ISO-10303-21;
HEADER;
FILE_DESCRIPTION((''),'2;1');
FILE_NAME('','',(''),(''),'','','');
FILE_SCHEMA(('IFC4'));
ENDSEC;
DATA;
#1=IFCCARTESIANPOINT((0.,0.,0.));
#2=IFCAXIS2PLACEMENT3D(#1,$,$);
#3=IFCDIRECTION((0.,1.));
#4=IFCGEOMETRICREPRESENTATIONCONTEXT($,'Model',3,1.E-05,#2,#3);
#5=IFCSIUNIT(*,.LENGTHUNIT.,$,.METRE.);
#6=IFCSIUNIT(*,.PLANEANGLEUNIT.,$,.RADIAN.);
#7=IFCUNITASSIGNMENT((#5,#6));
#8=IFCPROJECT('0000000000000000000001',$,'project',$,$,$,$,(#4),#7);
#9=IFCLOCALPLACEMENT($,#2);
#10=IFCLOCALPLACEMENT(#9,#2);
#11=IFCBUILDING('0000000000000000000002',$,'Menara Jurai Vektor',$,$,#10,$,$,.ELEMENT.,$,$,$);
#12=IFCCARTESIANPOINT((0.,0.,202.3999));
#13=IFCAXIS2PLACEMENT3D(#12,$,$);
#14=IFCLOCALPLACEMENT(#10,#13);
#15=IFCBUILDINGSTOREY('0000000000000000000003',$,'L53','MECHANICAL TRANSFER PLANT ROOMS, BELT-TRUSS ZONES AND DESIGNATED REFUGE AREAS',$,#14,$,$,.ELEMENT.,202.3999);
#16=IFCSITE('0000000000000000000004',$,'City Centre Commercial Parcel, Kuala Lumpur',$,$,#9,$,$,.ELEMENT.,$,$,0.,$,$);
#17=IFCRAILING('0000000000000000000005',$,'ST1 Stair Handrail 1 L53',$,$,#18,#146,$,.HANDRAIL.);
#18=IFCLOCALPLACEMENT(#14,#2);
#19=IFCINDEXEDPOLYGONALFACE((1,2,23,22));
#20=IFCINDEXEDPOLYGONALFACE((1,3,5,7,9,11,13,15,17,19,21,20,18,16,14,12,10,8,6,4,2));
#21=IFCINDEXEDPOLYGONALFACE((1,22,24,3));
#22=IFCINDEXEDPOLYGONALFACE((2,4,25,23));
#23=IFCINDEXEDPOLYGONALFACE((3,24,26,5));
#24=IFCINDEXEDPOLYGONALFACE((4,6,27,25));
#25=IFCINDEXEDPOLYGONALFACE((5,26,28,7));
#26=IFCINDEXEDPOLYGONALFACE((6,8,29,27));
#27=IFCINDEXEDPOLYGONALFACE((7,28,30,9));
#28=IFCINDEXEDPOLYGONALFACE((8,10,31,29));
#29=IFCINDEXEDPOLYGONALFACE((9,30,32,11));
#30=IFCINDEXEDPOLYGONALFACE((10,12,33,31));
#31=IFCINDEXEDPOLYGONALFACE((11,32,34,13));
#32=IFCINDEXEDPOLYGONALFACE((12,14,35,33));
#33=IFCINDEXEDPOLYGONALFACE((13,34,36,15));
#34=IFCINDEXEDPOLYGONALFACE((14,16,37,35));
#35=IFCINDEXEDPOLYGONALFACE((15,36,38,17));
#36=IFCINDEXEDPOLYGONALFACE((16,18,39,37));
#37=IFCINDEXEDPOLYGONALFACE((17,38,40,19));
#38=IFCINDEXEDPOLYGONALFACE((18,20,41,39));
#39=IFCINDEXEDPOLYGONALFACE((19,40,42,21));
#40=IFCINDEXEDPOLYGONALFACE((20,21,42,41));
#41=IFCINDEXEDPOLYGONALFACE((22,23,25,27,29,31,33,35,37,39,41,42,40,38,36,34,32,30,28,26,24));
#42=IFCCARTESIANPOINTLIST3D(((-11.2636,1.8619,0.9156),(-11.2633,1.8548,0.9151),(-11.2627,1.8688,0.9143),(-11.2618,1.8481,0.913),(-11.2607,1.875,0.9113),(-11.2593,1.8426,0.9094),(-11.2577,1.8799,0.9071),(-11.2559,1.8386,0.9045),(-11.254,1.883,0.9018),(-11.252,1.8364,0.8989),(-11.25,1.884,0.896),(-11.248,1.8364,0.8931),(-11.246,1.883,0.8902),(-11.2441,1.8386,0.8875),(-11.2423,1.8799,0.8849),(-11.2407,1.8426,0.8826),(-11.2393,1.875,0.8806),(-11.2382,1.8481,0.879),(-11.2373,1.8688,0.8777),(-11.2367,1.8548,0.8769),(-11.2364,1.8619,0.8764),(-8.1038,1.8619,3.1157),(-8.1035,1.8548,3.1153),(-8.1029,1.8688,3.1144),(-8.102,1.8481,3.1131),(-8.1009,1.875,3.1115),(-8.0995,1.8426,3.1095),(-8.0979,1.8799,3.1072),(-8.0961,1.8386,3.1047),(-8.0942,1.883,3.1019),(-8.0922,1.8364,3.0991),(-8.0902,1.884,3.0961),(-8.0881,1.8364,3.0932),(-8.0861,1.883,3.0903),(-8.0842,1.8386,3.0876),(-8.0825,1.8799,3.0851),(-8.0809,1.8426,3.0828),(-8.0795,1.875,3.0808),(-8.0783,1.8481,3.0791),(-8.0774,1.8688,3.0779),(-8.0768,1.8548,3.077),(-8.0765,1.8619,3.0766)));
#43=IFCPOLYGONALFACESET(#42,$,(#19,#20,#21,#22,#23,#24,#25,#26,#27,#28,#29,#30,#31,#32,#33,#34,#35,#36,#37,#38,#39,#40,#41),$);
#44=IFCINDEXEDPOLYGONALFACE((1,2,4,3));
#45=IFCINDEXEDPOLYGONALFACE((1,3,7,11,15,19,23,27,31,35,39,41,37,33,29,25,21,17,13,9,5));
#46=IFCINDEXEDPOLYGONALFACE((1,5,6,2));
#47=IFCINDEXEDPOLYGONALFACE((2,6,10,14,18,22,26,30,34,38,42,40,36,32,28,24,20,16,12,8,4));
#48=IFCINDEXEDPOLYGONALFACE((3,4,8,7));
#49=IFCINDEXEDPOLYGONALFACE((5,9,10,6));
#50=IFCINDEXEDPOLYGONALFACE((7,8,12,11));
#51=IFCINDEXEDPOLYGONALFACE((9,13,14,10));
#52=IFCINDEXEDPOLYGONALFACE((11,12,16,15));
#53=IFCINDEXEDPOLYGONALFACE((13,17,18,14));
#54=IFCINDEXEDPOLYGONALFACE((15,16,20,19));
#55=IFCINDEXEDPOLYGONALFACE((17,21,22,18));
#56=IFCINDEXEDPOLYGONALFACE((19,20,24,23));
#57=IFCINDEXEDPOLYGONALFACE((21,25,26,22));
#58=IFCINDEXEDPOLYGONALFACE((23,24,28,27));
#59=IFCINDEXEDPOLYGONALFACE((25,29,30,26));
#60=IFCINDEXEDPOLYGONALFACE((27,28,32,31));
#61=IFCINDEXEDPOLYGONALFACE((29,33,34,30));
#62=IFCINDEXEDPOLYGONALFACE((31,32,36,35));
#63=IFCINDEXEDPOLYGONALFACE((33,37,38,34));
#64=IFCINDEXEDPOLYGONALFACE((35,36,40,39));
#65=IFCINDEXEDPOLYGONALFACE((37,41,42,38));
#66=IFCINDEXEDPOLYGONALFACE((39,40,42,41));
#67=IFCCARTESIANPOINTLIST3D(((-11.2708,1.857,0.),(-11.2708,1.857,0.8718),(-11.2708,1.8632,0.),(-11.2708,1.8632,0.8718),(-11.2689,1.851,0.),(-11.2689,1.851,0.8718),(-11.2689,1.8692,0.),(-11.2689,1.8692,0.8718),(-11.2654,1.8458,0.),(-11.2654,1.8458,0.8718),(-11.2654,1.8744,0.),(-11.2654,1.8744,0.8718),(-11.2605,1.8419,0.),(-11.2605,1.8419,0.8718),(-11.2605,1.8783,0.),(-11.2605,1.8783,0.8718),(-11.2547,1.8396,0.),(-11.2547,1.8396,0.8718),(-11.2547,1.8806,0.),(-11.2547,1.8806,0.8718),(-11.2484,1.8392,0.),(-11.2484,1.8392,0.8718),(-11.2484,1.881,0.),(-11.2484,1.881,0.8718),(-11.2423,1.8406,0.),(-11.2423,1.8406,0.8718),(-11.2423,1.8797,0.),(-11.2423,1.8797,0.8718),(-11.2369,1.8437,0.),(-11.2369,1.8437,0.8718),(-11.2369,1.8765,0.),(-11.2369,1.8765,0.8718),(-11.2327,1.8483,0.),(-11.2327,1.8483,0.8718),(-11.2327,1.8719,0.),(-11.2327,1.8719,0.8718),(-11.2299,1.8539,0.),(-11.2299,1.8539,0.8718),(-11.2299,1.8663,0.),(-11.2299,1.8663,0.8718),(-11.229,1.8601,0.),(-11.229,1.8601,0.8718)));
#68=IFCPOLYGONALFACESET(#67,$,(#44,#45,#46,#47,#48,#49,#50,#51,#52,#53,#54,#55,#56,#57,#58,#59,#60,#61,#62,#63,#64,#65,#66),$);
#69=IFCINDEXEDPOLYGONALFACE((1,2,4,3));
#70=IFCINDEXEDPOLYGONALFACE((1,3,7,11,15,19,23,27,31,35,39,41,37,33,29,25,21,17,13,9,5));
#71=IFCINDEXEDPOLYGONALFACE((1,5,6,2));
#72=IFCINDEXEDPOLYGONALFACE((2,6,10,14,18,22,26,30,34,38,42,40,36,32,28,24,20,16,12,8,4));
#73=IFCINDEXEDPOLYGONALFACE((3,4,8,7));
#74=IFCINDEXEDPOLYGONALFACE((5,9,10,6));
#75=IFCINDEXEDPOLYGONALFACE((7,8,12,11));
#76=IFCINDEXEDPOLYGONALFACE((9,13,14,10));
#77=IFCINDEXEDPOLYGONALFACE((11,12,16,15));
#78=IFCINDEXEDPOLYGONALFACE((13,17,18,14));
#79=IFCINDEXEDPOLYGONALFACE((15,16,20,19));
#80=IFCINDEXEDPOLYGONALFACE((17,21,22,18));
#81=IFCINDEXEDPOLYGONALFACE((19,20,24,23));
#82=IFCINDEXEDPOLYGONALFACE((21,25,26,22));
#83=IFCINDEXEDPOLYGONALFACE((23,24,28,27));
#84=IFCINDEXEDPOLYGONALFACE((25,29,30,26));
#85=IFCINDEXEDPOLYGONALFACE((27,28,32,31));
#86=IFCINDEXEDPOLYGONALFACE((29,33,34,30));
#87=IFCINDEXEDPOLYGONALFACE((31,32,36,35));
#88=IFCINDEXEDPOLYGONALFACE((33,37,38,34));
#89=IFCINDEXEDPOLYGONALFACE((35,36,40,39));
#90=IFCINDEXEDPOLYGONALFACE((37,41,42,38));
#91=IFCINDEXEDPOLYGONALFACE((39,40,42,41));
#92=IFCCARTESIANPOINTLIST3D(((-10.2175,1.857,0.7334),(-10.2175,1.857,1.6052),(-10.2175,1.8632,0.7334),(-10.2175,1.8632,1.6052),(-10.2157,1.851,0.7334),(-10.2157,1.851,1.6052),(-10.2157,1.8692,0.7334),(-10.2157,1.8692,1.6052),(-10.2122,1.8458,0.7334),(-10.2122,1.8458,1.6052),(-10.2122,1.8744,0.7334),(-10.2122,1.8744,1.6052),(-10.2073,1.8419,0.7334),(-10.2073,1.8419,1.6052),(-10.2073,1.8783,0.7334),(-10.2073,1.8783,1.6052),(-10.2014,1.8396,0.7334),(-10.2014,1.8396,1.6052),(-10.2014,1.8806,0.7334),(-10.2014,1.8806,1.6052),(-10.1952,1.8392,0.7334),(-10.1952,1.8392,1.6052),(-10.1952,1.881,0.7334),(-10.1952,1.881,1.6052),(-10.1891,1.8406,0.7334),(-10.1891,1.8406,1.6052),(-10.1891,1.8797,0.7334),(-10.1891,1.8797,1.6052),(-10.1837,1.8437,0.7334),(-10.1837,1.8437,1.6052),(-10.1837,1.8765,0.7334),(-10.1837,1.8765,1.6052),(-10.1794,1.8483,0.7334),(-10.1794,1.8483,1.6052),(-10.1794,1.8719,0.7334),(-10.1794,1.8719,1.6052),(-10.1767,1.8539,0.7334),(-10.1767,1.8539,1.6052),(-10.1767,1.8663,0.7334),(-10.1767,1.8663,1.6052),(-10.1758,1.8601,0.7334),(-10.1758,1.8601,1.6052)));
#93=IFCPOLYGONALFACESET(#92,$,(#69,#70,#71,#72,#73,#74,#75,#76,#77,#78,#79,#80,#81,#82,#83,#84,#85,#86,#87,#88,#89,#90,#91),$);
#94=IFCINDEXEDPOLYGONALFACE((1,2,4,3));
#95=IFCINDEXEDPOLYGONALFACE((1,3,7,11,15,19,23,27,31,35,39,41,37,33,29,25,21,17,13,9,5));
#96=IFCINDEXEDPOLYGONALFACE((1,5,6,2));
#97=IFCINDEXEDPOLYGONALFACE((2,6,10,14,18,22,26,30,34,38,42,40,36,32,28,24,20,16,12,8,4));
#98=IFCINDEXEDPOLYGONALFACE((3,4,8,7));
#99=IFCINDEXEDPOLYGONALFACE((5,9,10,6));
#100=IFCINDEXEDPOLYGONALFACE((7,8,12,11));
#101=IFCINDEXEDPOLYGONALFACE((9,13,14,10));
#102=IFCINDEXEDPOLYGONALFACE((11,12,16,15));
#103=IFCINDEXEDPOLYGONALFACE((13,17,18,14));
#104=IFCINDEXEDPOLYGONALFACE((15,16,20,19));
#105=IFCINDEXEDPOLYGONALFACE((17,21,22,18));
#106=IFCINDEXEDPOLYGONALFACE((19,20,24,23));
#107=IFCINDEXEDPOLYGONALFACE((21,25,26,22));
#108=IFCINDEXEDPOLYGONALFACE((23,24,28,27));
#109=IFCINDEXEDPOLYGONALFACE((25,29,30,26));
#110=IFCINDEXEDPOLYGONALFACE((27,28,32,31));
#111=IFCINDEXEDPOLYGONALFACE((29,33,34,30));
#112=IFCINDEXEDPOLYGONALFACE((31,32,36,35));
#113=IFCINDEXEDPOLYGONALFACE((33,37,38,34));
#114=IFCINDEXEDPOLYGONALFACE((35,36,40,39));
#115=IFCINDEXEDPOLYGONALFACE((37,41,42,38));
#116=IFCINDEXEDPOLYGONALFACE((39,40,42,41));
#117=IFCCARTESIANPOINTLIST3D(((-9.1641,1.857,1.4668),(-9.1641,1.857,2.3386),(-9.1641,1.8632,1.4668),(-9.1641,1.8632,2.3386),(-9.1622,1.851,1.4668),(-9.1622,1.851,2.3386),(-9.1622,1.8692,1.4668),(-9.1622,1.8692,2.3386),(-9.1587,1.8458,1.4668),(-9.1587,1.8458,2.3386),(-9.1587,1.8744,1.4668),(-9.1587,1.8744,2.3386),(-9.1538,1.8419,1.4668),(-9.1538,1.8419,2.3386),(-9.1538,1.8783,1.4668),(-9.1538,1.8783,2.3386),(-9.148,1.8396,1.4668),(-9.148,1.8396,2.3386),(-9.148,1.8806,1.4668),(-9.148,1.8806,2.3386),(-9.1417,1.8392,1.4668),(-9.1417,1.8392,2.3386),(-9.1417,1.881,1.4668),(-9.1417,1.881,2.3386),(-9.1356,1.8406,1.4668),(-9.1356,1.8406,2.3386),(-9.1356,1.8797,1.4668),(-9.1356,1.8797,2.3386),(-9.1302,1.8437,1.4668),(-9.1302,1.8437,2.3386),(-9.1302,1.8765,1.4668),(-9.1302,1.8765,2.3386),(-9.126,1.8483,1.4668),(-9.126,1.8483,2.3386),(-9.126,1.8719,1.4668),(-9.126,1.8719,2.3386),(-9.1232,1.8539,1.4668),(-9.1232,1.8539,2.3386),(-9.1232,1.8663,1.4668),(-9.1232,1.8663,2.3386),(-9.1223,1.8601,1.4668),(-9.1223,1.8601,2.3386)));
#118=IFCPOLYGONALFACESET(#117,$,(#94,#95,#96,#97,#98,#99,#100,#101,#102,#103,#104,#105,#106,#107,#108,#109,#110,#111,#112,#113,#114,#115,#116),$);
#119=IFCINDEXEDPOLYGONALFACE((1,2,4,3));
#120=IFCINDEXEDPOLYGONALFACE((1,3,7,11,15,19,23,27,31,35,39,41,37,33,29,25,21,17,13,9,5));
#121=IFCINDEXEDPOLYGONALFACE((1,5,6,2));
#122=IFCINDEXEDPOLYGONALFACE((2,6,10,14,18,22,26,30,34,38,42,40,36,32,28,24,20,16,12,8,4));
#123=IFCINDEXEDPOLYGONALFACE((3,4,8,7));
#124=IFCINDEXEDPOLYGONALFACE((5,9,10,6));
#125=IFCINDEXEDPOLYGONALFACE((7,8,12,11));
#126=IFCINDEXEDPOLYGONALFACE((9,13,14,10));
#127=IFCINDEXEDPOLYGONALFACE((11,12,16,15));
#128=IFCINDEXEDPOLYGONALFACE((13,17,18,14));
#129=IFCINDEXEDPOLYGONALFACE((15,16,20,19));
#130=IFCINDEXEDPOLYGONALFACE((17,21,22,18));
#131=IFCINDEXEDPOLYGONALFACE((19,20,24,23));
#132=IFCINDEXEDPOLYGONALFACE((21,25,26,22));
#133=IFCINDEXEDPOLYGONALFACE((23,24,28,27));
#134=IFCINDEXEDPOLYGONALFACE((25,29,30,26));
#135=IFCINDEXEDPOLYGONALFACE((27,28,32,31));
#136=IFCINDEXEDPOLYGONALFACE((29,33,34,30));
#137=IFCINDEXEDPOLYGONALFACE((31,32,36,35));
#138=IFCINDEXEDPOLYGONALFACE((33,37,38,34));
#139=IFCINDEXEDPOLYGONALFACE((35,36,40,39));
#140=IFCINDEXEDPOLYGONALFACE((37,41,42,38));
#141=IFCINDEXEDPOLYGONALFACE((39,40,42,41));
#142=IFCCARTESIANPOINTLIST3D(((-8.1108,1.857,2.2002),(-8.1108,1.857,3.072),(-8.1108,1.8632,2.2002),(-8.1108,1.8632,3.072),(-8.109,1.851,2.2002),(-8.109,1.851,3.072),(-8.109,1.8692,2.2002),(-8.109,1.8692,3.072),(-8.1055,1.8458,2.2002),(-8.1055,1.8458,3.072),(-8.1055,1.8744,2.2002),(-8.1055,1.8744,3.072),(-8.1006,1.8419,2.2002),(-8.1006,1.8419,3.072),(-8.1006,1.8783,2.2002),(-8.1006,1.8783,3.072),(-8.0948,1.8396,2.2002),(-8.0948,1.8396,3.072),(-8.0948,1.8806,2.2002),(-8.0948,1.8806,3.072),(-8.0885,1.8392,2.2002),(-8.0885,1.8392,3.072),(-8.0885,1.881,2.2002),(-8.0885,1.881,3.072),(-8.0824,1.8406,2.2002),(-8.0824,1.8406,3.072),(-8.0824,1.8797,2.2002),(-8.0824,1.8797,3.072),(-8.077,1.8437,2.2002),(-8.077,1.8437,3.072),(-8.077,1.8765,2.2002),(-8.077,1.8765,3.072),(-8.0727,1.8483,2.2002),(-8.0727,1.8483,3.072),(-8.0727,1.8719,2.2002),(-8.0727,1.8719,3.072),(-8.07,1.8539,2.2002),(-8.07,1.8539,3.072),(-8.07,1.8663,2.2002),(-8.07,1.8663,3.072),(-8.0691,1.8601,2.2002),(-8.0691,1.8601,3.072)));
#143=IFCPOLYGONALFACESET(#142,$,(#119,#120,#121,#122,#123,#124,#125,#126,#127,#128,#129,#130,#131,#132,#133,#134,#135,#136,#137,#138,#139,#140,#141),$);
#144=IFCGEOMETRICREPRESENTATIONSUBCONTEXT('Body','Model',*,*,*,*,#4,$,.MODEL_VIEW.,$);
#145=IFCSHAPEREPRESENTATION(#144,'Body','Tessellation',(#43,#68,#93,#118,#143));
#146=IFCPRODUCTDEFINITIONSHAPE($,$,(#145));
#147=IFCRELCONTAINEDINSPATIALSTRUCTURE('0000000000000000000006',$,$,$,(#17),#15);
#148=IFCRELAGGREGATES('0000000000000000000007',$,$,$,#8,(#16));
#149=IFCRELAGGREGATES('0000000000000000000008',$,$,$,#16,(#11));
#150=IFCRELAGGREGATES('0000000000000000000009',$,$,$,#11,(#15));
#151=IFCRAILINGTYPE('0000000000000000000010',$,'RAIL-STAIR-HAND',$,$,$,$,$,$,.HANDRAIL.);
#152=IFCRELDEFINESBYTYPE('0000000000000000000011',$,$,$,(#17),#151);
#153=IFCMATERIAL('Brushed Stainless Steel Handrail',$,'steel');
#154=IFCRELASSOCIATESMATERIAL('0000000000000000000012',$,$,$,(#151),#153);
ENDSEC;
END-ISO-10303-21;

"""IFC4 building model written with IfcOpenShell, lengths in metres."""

from ifc_helpers import new_model, si_unit, direction, frame, origin, origin_2d, place, context, subcontext, project, spatial, circle, extrude, material, type_object, element, save


model = new_model("IFC4")

# Units and contexts
model_context = context("Model", 3, precision=1e-05, world=origin(), true_north=direction((0.0, 1.0)))
body_context = subcontext(model_context, "Body", "Model", "MODEL_VIEW")
ifc_project = project(units=[si_unit("LENGTHUNIT", "METRE"), si_unit("PLANEANGLEUNIT", "RADIAN")], contexts=[model_context])

# Site, building, storey
site_placement = place(None, origin())
site = spatial("IfcSite", under=ifc_project, at=site_placement, Name="City Centre Commercial Parcel, Kuala Lumpur", CompositionType="ELEMENT", RefElevation=0.0)
building_placement = place(site_placement, origin())
building = spatial("IfcBuilding", under=site, at=building_placement, Name="Menara Jurai Vektor", CompositionType="ELEMENT")
storey_placement = place(building_placement, frame((0.0, 0.0, 202.3999)))
storey = spatial("IfcBuildingStorey", under=building, at=storey_placement, Name="L53", Description="MECHANICAL TRANSFER PLANT ROOMS, BELT-TRUSS ZONES AND DESIGNATED REFUGE AREAS", CompositionType="ELEMENT", Elevation=202.3999)

# Railing
ifc_material_1 = material(Name="Brushed Stainless Steel Handrail", Category="steel")
railing_type_1 = type_object("IfcRailingType", Name="RAIL-STAIR-HAND", PredefinedType="HANDRAIL", material=ifc_material_1)
railing_1_placement = place(storey_placement, frame((-11.25, 1.8601, 0.0)))
element("IfcRailing", 1, at=railing_1_placement, inside=storey, type_object=railing_type_1, Name="ST1 Stair Handrail 1 L53", PredefinedType="HANDRAIL", context=body_context, shape_type="SweptSolid", body=[
    extrude(circle(Radius=0.0239, at=origin_2d()), frame((0.0, 0.0, 0.896), z_axis=(0.820662, 0.0, 0.571414), x_axis=(0.0, 1.0, 0.0)), (0.0, 0.0, 1.0), 3.8503),
    extrude(circle(Radius=0.021, at=origin_2d()), origin(), (0.0, 0.0, 1.0), 0.8718),
    extrude(circle(Radius=0.021, at=origin_2d()), frame((1.0532, 0.0, 0.7334)), (0.0, 0.0, 1.0), 0.8718),
    extrude(circle(Radius=0.021, at=origin_2d()), frame((2.1067, 0.0, 1.4668)), (0.0, 0.0, 1.0), 0.8718),
    extrude(circle(Radius=0.021, at=origin_2d()), frame((3.1599, 0.0, 2.2002)), (0.0, 0.0, 1.0), 0.8718),
])

save(model, "model.ifc")
